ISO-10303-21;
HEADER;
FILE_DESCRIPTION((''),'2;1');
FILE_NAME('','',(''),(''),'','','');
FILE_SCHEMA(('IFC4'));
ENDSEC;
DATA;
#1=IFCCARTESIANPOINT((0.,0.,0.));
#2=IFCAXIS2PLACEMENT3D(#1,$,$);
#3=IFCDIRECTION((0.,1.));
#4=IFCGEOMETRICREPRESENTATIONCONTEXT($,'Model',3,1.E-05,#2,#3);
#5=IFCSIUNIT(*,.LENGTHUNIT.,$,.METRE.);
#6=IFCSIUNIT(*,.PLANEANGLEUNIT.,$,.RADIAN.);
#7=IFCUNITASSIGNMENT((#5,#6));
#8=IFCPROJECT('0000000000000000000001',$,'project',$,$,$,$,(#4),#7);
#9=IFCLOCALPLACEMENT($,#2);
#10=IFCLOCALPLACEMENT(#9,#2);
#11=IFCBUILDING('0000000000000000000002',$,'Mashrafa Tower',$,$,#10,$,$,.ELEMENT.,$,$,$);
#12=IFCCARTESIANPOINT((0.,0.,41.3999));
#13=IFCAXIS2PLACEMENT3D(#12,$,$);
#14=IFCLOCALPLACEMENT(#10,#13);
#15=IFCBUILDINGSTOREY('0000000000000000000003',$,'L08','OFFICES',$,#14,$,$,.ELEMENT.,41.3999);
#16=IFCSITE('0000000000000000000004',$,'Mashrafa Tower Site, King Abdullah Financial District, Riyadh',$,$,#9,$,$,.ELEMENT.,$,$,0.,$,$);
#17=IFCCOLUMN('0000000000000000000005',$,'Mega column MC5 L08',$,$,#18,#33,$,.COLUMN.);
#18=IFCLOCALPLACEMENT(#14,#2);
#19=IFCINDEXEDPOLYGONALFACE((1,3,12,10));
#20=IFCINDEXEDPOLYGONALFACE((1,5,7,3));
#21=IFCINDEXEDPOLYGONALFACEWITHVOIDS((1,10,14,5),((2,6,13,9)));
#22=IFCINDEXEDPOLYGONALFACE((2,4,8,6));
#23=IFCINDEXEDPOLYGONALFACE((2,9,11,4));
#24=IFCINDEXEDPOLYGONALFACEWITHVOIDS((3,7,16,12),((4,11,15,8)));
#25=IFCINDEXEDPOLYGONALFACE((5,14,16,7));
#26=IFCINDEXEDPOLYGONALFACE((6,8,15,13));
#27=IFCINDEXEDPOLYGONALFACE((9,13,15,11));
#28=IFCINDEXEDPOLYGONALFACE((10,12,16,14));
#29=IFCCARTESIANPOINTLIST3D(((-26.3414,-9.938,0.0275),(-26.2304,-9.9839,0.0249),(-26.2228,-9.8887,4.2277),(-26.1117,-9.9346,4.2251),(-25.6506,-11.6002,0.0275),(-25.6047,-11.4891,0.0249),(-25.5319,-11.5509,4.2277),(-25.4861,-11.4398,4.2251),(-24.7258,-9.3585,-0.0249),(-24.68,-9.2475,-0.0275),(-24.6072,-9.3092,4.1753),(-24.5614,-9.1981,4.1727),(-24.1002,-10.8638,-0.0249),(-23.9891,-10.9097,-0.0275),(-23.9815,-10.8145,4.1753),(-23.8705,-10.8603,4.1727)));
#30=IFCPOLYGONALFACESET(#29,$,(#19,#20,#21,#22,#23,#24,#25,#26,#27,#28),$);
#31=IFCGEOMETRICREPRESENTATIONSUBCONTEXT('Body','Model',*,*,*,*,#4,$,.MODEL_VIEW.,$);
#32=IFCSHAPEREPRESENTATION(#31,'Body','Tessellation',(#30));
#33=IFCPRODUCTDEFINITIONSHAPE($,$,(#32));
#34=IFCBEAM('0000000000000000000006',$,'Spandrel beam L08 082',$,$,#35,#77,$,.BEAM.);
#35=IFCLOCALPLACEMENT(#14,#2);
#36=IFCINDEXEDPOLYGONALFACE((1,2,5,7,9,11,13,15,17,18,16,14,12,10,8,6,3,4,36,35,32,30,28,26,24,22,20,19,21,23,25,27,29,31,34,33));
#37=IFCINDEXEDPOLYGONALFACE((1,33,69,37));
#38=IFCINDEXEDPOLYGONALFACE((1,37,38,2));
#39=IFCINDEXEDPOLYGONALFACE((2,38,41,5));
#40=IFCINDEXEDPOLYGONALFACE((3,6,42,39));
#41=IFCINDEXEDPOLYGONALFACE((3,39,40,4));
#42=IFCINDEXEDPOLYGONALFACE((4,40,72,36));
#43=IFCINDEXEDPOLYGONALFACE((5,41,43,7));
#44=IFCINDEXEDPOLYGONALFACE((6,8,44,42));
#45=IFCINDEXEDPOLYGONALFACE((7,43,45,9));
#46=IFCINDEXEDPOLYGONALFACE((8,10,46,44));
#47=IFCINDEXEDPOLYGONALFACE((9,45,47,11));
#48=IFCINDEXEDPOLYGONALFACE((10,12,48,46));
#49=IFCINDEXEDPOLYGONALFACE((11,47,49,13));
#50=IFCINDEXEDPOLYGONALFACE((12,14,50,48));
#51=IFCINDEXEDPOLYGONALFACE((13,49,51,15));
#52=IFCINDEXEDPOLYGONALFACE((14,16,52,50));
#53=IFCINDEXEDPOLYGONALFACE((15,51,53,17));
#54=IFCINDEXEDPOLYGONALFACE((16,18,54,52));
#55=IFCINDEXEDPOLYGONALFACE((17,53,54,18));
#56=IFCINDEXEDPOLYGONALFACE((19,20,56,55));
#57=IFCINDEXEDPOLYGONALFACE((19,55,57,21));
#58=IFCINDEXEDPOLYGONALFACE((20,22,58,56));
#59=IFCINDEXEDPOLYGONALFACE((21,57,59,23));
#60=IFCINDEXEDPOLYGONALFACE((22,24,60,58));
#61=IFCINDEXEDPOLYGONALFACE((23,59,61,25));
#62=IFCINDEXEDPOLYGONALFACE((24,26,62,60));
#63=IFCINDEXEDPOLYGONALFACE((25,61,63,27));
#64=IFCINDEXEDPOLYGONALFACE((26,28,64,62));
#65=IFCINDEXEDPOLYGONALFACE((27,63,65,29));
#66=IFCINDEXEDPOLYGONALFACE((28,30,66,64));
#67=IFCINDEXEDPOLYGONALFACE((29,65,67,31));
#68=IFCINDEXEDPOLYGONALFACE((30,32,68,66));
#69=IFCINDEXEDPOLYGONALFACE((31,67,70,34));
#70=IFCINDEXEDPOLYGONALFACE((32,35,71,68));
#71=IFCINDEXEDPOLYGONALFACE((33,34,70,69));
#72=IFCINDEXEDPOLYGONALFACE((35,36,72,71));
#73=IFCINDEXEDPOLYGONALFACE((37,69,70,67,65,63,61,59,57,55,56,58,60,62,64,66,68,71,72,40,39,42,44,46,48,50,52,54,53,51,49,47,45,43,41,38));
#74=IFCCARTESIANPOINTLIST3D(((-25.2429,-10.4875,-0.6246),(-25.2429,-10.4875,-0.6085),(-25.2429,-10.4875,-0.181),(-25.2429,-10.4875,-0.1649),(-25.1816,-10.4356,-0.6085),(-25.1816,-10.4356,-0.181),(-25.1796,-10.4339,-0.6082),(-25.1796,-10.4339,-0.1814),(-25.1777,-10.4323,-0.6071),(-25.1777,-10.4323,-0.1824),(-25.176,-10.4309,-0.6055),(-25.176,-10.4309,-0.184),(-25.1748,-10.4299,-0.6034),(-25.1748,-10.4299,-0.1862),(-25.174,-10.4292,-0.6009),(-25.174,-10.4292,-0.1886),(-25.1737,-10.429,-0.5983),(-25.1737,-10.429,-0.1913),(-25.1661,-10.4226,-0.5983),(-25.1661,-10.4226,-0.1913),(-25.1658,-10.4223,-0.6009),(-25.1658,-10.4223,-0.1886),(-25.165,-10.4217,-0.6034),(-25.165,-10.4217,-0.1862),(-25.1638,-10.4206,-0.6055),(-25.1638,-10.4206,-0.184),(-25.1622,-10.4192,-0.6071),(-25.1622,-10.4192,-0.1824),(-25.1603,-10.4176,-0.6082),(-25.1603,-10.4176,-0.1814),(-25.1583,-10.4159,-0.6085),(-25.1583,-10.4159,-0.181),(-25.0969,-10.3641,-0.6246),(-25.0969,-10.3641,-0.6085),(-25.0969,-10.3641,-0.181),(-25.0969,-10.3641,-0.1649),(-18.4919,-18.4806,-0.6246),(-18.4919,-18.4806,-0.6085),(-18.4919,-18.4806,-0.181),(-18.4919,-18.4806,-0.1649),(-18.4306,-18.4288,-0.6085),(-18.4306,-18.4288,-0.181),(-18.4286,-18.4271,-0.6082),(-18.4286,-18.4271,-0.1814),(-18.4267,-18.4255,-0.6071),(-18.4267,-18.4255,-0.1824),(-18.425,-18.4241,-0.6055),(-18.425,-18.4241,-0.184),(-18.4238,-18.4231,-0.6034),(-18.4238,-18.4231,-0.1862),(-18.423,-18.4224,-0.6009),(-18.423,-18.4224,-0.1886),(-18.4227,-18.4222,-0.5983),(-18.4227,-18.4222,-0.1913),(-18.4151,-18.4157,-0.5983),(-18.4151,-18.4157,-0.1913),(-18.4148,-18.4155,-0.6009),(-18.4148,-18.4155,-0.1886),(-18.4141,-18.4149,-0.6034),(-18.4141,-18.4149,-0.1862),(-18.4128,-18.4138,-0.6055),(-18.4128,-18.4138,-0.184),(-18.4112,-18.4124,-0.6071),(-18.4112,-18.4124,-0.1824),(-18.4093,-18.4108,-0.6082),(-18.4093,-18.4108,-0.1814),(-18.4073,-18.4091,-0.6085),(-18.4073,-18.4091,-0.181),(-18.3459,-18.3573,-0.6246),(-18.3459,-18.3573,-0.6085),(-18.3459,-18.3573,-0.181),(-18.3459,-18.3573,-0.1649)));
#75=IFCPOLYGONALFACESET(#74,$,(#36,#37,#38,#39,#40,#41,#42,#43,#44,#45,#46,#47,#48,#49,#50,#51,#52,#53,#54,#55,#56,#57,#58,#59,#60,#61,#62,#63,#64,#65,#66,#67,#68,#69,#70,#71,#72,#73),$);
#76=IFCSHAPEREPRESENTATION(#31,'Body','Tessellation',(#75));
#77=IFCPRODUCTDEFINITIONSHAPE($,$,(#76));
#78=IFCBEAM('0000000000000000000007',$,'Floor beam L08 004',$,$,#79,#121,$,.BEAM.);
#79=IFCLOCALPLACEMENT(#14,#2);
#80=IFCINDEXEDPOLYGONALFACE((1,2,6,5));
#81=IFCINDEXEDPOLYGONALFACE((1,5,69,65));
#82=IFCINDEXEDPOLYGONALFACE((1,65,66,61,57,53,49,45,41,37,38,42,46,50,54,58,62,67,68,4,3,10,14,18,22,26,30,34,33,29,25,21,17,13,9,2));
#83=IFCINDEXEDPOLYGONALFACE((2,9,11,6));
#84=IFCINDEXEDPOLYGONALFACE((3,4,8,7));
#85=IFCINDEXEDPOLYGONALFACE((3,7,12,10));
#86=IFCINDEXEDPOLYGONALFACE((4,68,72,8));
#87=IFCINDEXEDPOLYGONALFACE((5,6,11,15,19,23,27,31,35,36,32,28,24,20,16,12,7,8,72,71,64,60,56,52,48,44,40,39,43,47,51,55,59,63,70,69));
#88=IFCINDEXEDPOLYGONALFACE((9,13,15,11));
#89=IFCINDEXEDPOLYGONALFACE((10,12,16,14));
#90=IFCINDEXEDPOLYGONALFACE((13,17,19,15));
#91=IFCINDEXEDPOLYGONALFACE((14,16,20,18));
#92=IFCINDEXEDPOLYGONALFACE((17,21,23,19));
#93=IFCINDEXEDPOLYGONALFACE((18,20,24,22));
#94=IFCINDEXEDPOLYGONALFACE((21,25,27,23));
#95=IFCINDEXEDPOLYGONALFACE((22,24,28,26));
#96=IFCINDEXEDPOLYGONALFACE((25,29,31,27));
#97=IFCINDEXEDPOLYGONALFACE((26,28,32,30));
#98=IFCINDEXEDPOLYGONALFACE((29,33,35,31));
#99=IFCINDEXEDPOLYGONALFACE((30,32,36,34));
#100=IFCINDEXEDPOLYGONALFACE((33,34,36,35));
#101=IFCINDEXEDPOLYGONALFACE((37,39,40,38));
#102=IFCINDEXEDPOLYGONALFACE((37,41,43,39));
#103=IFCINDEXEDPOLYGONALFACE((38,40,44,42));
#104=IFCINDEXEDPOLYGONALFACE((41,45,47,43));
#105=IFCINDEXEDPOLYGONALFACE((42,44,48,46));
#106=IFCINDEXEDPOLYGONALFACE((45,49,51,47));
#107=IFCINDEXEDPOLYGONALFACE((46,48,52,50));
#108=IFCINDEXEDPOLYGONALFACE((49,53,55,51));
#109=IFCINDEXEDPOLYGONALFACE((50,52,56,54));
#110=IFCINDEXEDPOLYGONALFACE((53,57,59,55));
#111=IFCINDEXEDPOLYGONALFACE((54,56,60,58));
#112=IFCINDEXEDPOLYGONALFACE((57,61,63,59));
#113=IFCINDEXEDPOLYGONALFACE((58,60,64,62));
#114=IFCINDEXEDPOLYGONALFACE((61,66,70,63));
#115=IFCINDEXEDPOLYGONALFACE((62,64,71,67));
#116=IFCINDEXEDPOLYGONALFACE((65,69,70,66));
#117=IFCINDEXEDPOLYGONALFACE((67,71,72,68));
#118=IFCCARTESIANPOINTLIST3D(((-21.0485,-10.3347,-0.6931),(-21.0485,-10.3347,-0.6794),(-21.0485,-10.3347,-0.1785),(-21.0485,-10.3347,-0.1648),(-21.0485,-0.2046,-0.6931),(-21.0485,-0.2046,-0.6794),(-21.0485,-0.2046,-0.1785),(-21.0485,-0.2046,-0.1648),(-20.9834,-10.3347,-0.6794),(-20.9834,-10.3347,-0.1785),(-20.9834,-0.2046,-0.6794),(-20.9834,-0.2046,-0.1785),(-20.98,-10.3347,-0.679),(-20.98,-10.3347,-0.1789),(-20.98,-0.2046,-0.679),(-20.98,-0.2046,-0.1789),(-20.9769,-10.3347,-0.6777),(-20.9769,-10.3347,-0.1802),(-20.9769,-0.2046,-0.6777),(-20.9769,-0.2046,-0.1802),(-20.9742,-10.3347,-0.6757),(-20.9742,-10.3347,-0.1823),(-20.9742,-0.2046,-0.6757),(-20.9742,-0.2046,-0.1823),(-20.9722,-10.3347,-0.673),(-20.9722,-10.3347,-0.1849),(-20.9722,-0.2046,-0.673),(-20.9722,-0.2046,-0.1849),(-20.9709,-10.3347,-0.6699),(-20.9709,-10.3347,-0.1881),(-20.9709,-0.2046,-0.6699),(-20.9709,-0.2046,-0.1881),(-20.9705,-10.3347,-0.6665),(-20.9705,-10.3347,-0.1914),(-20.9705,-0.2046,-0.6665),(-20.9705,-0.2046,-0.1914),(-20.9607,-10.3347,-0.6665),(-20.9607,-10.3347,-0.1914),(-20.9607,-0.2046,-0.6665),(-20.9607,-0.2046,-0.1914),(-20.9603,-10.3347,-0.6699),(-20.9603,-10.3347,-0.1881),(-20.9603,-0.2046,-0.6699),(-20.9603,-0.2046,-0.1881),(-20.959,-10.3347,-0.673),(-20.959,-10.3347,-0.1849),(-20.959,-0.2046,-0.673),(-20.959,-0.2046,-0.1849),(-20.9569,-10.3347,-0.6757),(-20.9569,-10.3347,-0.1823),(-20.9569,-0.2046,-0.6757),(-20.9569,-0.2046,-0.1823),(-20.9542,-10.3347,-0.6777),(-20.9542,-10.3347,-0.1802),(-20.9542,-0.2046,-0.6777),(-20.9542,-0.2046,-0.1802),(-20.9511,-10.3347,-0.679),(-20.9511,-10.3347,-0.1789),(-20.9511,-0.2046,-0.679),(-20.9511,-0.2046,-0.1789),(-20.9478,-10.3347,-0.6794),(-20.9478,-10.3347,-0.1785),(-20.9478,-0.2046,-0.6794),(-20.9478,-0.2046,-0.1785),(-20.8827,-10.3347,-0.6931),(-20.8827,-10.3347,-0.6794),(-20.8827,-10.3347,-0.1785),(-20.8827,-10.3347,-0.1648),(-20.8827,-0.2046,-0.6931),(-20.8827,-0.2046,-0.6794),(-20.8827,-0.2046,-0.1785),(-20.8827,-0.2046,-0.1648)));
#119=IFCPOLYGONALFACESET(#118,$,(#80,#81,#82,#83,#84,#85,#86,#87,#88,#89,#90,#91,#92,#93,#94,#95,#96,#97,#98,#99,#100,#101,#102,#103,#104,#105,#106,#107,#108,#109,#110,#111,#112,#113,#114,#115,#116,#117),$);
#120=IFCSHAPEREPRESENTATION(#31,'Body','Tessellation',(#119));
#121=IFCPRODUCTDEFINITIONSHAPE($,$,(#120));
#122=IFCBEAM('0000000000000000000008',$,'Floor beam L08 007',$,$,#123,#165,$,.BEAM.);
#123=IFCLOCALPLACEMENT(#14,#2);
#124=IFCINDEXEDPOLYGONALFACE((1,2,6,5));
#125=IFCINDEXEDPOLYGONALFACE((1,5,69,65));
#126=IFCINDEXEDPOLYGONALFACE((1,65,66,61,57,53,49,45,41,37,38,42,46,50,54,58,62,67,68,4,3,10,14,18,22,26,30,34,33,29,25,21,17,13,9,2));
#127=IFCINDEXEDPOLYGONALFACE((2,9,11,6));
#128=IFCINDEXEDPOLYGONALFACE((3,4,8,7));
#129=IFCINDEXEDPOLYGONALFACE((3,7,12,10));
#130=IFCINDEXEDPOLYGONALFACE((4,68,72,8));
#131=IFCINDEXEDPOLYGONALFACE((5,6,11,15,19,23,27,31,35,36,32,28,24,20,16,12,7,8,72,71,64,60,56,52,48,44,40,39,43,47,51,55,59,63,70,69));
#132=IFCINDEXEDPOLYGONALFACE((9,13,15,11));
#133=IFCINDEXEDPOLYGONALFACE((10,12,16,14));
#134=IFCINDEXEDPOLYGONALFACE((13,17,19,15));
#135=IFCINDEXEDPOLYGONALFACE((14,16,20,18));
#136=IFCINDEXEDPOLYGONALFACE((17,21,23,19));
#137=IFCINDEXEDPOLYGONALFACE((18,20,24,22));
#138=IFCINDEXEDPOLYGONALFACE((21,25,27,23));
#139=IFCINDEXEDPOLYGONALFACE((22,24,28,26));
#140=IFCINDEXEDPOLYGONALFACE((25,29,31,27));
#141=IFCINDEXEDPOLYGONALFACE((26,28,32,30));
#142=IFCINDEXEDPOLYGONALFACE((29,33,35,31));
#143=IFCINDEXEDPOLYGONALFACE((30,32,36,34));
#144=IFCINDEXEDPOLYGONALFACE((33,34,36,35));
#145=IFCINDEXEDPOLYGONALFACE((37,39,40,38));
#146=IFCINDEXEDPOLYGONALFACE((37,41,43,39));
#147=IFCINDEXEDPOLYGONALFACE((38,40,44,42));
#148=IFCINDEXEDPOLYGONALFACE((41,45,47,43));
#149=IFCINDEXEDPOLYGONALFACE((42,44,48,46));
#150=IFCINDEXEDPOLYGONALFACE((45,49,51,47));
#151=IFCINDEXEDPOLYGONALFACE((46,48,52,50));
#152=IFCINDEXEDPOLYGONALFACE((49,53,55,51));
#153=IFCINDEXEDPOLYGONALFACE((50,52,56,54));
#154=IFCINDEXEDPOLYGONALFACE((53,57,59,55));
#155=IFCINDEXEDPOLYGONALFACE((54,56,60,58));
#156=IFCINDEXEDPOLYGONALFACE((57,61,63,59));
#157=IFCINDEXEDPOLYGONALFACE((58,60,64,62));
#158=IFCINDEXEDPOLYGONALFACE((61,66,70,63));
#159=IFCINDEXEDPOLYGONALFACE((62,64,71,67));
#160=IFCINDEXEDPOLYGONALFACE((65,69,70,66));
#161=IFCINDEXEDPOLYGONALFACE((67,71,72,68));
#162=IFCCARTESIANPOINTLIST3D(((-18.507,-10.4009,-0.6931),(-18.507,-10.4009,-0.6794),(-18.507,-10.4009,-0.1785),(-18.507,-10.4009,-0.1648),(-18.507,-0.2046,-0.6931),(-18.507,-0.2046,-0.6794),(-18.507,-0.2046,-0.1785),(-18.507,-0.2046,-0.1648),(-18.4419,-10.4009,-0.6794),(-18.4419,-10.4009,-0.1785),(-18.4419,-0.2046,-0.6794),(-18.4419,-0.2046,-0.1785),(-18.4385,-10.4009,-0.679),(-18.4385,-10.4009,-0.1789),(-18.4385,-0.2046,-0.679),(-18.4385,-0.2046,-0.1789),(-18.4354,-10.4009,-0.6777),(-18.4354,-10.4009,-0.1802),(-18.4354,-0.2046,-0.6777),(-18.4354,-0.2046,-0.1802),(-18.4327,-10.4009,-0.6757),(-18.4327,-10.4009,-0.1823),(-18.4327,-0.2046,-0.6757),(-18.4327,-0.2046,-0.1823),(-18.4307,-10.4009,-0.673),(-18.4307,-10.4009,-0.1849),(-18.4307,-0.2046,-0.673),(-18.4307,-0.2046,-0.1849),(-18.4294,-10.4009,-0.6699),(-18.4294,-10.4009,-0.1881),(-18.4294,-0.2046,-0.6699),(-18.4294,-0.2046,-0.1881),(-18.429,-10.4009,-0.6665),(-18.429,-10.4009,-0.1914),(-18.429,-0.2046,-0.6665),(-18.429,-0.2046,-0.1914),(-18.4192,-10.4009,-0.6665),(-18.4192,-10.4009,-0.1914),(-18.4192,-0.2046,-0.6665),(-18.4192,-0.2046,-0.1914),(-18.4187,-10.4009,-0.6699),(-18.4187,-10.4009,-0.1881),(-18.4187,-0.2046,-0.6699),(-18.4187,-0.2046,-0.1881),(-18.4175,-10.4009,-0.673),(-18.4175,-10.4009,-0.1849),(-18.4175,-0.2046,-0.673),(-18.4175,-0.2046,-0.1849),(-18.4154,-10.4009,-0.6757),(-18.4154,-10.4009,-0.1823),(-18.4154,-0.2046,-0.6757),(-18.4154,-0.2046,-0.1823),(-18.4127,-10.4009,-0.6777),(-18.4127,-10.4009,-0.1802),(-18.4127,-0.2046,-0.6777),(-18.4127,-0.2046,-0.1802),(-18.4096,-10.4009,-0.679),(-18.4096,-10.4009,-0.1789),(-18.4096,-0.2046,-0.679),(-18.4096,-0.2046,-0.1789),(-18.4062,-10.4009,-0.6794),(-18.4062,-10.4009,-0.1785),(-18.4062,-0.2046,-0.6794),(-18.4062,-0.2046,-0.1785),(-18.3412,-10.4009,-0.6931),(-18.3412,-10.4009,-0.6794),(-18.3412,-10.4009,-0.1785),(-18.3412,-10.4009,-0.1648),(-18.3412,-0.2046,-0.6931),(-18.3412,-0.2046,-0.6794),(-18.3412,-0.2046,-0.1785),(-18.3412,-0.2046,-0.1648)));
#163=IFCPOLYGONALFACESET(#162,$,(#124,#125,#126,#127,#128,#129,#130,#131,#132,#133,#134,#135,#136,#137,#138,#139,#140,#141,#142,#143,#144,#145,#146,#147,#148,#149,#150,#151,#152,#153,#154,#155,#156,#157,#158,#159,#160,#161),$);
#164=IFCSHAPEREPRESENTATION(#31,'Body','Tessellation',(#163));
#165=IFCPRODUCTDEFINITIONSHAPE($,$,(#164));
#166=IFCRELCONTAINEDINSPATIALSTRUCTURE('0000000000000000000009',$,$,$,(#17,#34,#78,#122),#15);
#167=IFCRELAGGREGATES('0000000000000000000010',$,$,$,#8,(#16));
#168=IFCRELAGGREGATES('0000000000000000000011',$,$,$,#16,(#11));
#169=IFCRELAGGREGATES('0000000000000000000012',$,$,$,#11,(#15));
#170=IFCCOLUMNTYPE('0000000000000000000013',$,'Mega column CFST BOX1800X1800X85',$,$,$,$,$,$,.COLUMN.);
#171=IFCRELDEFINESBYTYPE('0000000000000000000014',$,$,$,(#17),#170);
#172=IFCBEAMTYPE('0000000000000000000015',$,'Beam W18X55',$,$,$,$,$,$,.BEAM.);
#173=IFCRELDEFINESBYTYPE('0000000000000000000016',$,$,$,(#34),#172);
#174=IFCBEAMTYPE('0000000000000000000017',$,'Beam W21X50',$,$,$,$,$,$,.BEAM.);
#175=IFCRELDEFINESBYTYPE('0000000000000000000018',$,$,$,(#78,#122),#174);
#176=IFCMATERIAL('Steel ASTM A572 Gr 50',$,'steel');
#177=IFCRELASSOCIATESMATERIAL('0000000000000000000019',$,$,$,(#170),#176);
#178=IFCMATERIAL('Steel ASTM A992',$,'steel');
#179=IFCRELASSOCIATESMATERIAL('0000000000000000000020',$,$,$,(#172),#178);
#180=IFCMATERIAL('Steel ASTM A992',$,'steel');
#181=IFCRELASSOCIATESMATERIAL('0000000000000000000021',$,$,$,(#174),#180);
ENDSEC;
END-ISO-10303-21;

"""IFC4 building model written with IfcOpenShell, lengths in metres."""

from ifc_helpers import new_model, si_unit, direction, frame, origin, origin_2d, place, context, subcontext, project, spatial, hollow_rectangle, i_section, extrude, material, material_profile, profile_set, type_object, element, save


model = new_model("IFC4")

# Units and contexts
model_context = context("Model", 3, precision=1e-05, world=origin(), true_north=direction((0.0, 1.0)))
body_context = subcontext(model_context, "Body", "Model", "MODEL_VIEW")
ifc_project = project(units=[si_unit("LENGTHUNIT", "METRE"), si_unit("PLANEANGLEUNIT", "RADIAN")], contexts=[model_context])

# Site, building, storey
site_placement = place(None, origin())
site = spatial("IfcSite", under=ifc_project, at=site_placement, Name="Mashrafa Tower Site, King Abdullah Financial District, Riyadh", CompositionType="ELEMENT", RefElevation=0.0)
building_placement = place(site_placement, origin())
building = spatial("IfcBuilding", under=site, at=building_placement, Name="Mashrafa Tower", CompositionType="ELEMENT")
storey_placement = place(building_placement, frame((0.0, 0.0, 41.3999)))
storey = spatial("IfcBuildingStorey", under=building, at=storey_placement, Name="L08", Description="OFFICES", CompositionType="ELEMENT", Elevation=41.3999)

# Column
ifc_material_1 = material(Name="Steel ASTM A572 Gr 50", Category="steel")
ifc_material_profile_1 = material_profile(ifc_material_1, hollow_rectangle(XDim=1.8, YDim=1.8, WallThickness=0.085, at=origin_2d()), Name="BOX1800X1800X85")
ifc_profile_set_1 = profile_set([ifc_material_profile_1], Name="Steel ASTM A572 Gr 50")
column_type = type_object("IfcColumnType", Name="Mega column CFST BOX1800X1800X85", PredefinedType="COLUMN", material=ifc_profile_set_1)
column_placement = place(storey_placement, frame((-25.1653, -10.4238, 0.0), z_axis=(0.028236, 0.011736, 0.999532), x_axis=(-0.383806, 0.923414, 0.0)))
element("IfcColumn", 1, at=column_placement, inside=storey, type_object=column_type, Name="Mega column MC5 L08", PredefinedType="COLUMN", context=body_context, shape_type="SweptSolid", body=[
    extrude(hollow_rectangle(XDim=1.8, YDim=1.8, WallThickness=0.085, at=origin_2d()), origin(), (0.0, 0.0, 1.0), 4.2021),
])

# Beams
ifc_material_2 = material(Name="Steel ASTM A992", Category="steel")
ifc_material_profile_2 = material_profile(ifc_material_2, i_section(OverallWidth=0.1912, OverallDepth=0.4597, WebThickness=0.01, FlangeThickness=0.0161, FilletRadius=0.0103, at=origin_2d()), Name="W18X55")
ifc_profile_set_2 = profile_set([ifc_material_profile_2], Name="Steel ASTM A992")
beam_type_1 = type_object("IfcBeamType", Name="Beam W18X55", PredefinedType="BEAM", material=ifc_profile_set_2)
beam_1_placement = place(storey_placement, frame((-25.1699, -10.4258, -0.3948), z_axis=(0.645247, -0.763974, 0.0), x_axis=(0.763974, 0.645247, 0.0)))
element("IfcBeam", 2, at=beam_1_placement, inside=storey, type_object=beam_type_1, Name="Spandrel beam L08 082", PredefinedType="BEAM", context=body_context, shape_type="SweptSolid", body=[
    extrude(i_section(OverallWidth=0.1912, OverallDepth=0.4597, WebThickness=0.01, FlangeThickness=0.0161, FilletRadius=0.0103, at=origin_2d()), origin(), (0.0, 0.0, 1.0), 10.4626),
])
ifc_material_3 = material(Name="Steel ASTM A992", Category="steel")
ifc_material_profile_3 = material_profile(ifc_material_3, i_section(OverallWidth=0.1658, OverallDepth=0.5283, WebThickness=0.0098, FlangeThickness=0.0137, FilletRadius=0.0129, at=origin_2d()), Name="W21X50")
ifc_profile_set_3 = profile_set([ifc_material_profile_3], Name="Steel ASTM A992")
beam_type_2 = type_object("IfcBeamType", Name="Beam W21X50", PredefinedType="BEAM", material=ifc_profile_set_3)
beam_2_placement = place(storey_placement, frame((-20.9656, -10.3347, -0.429), z_axis=(0.0, 1.0, 0.0), x_axis=(-1.0, 0.0, 0.0)))
element("IfcBeam", 3, at=beam_2_placement, inside=storey, type_object=beam_type_2, Name="Floor beam L08 004", PredefinedType="BEAM", context=body_context, shape_type="SweptSolid", body=[
    extrude(i_section(OverallWidth=0.1658, OverallDepth=0.5283, WebThickness=0.0098, FlangeThickness=0.0137, FilletRadius=0.0129, at=origin_2d()), origin(), (0.0, 0.0, 1.0), 10.1301),
])
beam_3_placement = place(storey_placement, frame((-18.4241, -10.4009, -0.429), z_axis=(0.0, 1.0, 0.0), x_axis=(-1.0, 0.0, 0.0)))
element("IfcBeam", 4, at=beam_3_placement, inside=storey, type_object=beam_type_2, Name="Floor beam L08 007", PredefinedType="BEAM", context=body_context, shape_type="SweptSolid", body=[
    extrude(i_section(OverallWidth=0.1658, OverallDepth=0.5283, WebThickness=0.0098, FlangeThickness=0.0137, FilletRadius=0.0129, at=origin_2d()), origin(), (0.0, 0.0, 1.0), 10.1963),
])

save(model, "model.ifc")
